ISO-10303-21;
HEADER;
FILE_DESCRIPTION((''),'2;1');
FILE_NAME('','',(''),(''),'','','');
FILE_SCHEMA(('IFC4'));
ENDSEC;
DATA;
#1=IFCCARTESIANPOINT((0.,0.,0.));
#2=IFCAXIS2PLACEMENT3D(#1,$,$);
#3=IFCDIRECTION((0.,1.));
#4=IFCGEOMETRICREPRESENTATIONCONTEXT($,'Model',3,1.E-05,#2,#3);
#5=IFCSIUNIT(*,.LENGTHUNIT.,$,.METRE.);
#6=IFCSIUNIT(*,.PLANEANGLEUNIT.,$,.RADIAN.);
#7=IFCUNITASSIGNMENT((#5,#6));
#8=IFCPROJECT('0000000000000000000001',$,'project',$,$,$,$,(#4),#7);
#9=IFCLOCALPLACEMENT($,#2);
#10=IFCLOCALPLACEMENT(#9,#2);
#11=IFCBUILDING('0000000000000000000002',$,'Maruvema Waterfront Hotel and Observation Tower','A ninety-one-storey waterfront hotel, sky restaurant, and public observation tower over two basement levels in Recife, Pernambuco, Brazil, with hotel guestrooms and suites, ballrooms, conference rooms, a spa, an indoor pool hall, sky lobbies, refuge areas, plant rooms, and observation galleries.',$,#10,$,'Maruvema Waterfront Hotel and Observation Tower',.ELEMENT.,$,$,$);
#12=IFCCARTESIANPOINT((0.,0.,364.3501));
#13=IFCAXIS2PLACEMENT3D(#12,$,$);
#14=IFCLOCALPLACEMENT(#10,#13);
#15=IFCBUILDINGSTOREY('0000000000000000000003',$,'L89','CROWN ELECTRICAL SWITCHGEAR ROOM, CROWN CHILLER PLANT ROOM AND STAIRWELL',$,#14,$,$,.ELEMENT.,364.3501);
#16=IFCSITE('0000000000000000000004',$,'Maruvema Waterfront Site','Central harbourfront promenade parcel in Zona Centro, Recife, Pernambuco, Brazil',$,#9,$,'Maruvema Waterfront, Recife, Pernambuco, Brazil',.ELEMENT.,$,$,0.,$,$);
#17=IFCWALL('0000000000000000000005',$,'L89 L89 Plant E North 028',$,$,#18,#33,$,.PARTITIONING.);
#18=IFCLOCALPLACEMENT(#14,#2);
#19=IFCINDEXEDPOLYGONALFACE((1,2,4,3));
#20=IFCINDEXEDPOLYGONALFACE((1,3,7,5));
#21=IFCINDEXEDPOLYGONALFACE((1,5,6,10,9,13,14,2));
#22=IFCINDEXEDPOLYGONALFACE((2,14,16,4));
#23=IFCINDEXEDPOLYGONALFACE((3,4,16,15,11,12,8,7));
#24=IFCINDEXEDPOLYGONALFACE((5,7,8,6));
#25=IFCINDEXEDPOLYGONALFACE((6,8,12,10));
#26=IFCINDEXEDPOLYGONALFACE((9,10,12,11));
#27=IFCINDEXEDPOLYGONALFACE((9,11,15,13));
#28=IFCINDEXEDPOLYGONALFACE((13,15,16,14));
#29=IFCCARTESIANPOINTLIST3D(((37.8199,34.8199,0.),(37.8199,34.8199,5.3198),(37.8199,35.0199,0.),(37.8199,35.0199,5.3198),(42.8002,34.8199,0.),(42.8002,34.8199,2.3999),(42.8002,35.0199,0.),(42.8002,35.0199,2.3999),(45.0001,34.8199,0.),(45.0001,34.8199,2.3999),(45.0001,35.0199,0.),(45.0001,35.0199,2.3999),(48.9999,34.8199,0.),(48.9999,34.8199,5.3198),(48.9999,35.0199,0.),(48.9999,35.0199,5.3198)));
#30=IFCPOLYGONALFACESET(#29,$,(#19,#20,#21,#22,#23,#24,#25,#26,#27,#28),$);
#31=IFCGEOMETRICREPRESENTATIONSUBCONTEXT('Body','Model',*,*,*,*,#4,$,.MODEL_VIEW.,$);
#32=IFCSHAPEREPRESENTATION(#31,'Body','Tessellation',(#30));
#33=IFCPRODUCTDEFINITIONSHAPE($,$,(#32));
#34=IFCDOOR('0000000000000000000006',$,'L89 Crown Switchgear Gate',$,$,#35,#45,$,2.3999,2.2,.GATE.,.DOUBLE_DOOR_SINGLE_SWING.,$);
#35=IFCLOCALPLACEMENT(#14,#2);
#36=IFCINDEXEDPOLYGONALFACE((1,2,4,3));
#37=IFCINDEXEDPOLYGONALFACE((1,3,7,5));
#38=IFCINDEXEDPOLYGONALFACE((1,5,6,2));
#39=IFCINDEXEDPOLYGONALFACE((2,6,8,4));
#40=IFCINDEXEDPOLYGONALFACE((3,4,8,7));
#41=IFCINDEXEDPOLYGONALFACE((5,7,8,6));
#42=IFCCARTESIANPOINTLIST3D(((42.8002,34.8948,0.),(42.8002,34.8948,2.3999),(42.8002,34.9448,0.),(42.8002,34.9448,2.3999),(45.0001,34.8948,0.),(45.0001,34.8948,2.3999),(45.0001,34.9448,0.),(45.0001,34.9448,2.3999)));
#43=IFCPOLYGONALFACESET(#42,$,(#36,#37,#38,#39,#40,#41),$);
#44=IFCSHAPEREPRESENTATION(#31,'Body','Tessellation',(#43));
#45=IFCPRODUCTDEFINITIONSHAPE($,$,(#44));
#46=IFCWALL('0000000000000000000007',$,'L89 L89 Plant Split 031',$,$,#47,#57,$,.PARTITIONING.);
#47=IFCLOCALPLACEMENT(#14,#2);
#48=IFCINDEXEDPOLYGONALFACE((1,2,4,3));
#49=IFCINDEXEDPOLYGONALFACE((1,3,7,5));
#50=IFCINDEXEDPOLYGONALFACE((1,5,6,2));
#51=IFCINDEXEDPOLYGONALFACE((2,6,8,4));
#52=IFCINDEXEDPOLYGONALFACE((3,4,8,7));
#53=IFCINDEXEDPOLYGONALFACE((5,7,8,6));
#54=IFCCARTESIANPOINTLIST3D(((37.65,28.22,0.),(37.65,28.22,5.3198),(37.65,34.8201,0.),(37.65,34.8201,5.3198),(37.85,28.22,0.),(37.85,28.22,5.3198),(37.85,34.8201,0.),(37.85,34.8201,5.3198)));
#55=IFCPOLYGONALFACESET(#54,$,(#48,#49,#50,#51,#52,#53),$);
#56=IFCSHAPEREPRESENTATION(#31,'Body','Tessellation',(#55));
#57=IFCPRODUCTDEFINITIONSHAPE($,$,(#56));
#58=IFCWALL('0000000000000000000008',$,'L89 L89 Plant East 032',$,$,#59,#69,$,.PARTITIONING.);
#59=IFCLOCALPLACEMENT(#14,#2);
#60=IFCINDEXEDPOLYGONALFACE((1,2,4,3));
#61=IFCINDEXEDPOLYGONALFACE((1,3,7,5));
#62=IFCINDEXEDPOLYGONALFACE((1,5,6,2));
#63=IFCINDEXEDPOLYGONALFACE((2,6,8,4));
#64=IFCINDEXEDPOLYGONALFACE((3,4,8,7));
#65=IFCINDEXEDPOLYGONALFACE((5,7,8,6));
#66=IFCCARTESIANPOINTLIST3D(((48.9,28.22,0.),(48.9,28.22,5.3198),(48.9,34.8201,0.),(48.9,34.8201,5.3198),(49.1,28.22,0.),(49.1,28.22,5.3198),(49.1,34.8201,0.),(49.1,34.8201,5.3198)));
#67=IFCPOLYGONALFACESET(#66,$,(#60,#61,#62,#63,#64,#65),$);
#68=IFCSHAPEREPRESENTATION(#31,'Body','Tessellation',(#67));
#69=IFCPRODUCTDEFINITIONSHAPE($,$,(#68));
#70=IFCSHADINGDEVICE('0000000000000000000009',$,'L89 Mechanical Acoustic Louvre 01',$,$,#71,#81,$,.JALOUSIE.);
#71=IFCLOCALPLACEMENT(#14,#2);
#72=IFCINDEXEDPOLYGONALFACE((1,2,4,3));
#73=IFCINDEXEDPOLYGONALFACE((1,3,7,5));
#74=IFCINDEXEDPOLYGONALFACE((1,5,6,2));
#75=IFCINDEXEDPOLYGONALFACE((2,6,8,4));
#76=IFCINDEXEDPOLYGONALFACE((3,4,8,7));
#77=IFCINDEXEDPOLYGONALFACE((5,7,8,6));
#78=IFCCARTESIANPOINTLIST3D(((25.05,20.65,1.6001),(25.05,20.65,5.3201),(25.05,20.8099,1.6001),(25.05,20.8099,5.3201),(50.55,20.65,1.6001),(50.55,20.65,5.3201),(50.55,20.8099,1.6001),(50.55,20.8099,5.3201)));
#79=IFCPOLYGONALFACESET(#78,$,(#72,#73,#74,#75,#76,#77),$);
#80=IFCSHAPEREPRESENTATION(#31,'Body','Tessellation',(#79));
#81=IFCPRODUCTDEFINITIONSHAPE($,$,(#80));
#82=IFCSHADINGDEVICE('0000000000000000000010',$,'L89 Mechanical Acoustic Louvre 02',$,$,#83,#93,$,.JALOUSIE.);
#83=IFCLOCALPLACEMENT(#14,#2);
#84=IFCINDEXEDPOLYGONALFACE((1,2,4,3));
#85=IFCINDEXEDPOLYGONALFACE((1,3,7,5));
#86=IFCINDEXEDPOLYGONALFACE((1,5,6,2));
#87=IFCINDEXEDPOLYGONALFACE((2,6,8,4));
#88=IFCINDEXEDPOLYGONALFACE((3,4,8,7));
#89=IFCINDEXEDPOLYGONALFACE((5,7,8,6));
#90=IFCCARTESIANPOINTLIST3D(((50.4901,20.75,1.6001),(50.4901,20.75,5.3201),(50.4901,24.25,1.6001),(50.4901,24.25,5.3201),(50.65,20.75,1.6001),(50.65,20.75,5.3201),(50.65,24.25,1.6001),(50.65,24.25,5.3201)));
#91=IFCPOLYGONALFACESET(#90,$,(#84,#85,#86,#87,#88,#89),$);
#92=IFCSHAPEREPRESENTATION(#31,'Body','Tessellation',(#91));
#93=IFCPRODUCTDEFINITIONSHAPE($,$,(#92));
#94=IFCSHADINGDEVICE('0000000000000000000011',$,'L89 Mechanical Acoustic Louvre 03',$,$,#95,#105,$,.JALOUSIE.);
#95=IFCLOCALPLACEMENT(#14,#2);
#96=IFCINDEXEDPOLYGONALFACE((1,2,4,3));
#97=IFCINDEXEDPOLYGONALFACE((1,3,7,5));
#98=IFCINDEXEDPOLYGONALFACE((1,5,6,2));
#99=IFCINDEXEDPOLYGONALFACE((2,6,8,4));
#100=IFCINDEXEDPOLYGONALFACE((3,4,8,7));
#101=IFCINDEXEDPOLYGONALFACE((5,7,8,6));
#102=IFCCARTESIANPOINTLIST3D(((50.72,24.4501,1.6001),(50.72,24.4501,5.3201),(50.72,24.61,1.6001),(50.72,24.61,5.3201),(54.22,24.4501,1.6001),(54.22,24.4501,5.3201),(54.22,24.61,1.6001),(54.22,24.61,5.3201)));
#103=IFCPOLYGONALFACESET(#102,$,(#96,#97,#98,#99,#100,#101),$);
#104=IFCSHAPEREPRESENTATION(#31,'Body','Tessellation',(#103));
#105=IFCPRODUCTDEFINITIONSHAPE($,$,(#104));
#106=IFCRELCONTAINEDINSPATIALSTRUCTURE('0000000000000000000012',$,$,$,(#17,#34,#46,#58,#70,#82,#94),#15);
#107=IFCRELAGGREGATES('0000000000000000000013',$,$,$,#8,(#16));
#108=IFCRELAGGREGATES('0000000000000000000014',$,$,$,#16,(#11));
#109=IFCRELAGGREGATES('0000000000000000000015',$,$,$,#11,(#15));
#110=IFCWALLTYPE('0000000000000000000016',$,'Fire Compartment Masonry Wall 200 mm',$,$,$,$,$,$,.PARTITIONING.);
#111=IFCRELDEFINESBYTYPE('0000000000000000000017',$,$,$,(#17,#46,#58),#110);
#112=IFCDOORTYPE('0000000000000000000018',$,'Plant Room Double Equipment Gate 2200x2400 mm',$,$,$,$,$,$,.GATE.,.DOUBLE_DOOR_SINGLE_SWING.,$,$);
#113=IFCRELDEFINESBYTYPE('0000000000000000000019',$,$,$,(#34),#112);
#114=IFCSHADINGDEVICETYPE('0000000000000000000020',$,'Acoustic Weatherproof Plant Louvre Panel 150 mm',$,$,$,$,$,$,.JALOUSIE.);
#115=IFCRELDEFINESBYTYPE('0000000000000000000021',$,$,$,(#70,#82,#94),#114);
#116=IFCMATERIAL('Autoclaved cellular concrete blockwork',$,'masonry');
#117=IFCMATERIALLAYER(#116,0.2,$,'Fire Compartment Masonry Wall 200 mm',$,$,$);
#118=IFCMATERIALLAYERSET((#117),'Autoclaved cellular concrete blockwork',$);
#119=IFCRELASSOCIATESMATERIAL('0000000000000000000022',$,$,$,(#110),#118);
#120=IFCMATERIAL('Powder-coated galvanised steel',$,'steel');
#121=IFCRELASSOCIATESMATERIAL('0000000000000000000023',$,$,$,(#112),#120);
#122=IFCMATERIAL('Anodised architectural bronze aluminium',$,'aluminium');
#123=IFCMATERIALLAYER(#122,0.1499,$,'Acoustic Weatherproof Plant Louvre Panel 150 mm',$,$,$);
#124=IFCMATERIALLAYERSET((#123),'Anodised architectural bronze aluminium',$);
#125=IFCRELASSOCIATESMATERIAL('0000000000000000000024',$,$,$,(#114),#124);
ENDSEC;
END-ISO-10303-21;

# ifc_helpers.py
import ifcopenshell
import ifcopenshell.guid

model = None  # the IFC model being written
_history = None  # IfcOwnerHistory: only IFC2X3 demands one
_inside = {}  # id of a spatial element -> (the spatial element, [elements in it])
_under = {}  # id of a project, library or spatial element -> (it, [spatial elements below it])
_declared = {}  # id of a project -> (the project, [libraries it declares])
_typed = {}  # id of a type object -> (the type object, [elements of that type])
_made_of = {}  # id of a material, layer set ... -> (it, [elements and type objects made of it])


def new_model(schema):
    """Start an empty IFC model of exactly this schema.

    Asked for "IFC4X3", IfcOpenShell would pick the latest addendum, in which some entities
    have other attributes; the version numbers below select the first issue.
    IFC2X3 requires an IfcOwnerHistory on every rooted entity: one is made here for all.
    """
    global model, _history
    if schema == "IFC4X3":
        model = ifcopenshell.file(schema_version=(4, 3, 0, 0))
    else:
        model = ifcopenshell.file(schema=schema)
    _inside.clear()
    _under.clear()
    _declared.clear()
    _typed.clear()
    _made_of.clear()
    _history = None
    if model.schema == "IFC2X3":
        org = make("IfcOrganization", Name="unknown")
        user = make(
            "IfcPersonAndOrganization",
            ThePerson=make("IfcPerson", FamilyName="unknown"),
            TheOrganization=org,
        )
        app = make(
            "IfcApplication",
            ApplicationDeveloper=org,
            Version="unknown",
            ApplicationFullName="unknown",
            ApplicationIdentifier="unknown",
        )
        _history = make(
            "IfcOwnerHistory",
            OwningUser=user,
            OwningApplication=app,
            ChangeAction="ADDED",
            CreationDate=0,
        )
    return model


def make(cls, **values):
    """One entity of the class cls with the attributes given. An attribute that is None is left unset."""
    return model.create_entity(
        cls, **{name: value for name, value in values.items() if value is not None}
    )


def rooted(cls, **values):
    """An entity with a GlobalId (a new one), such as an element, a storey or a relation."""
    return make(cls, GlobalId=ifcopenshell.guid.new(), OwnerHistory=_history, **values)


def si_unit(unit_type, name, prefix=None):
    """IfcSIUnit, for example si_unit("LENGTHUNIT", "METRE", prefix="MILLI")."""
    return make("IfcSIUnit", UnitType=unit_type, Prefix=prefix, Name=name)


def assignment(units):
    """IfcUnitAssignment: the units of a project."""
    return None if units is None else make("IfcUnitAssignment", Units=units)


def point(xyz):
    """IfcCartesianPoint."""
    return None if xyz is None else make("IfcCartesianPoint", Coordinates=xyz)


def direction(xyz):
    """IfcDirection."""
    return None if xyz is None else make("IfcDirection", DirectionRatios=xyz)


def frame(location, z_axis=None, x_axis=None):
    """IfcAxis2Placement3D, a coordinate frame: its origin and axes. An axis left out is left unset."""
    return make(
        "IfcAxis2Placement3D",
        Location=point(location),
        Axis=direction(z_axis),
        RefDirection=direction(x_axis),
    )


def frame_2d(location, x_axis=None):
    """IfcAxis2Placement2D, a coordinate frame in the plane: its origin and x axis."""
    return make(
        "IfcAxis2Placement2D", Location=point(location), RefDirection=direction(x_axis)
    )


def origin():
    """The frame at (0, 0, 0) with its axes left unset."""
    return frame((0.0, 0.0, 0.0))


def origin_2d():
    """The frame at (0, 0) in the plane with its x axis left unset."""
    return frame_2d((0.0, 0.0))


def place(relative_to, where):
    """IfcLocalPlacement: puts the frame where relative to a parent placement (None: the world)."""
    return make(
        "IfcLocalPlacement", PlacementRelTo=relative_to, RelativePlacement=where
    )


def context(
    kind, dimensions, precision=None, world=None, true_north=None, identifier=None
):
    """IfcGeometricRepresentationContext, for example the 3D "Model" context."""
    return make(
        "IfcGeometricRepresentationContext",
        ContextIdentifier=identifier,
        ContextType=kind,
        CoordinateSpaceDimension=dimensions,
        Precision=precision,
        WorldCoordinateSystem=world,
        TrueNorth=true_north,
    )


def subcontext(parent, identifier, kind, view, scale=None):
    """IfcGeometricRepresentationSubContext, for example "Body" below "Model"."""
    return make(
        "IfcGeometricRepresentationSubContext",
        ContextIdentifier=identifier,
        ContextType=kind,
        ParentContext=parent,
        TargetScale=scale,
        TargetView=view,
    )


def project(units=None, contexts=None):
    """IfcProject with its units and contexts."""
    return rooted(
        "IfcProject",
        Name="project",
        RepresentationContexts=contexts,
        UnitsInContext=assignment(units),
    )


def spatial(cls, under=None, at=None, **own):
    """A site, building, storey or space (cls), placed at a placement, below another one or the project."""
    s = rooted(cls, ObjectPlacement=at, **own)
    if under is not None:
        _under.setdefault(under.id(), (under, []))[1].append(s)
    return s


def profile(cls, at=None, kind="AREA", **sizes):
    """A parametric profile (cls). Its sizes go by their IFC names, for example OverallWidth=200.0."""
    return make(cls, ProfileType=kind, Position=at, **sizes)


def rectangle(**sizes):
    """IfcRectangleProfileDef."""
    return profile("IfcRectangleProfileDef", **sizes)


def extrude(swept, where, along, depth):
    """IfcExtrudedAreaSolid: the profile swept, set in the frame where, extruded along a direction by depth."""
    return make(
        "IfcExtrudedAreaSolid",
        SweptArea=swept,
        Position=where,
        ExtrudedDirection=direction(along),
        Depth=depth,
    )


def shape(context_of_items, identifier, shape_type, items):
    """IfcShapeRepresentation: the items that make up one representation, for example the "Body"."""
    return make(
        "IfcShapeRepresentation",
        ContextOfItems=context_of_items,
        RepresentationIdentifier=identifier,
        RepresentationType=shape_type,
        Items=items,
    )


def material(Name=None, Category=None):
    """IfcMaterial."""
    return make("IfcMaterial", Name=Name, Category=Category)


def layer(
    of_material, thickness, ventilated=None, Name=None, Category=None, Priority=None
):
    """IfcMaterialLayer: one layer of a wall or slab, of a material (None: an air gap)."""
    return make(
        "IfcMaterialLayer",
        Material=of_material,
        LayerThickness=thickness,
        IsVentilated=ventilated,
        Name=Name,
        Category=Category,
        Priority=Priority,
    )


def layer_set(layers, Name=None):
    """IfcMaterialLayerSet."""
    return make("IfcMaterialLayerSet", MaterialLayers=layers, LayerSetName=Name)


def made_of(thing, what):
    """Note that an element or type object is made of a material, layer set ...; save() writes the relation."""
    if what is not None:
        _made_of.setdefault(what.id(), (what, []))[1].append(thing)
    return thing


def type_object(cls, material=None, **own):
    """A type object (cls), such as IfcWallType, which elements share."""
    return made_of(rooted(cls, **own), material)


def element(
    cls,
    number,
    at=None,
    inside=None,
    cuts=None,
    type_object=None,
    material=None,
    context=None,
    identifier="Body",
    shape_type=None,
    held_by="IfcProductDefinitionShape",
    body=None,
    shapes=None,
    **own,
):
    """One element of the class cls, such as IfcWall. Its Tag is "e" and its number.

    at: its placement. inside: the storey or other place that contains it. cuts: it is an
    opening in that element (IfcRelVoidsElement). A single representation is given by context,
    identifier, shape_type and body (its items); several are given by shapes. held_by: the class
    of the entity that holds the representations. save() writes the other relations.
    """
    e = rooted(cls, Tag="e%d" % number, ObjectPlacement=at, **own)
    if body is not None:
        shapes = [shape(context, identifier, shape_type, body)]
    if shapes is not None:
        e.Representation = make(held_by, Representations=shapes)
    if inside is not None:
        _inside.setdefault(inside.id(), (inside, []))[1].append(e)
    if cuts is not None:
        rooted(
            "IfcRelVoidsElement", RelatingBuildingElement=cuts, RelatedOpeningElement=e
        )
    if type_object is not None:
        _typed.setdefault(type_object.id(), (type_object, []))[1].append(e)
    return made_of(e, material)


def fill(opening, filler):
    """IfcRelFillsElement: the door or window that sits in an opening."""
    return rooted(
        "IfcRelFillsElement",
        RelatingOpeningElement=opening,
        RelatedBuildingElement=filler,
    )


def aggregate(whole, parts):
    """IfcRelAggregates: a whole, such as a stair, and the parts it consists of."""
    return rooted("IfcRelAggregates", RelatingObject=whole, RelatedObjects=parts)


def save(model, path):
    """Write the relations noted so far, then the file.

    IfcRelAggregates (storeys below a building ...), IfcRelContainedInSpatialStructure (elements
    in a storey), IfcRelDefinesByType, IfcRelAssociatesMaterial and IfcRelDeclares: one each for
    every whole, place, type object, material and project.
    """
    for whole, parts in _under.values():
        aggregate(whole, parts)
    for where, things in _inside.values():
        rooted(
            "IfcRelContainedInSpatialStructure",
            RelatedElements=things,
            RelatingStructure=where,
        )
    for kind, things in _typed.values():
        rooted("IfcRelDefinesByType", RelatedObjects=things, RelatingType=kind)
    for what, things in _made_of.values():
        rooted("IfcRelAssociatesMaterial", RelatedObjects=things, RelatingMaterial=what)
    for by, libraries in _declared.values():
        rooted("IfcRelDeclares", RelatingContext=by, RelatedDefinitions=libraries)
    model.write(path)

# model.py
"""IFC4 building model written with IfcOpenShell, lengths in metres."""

from ifc_helpers import new_model, si_unit, direction, frame, frame_2d, origin, origin_2d, place, context, subcontext, project, spatial, rectangle, extrude, material, layer, layer_set, type_object, element, fill, save


model = new_model("IFC4")

# Units and contexts
model_context = context("Model", 3, precision=1e-05, world=origin(), true_north=direction((0.0, 1.0)))
body_context = subcontext(model_context, "Body", "Model", "MODEL_VIEW")
ifc_project = project(units=[si_unit("LENGTHUNIT", "METRE"), si_unit("PLANEANGLEUNIT", "RADIAN")], contexts=[model_context])

# Site, building, storey
site_placement = place(None, origin())
site = spatial("IfcSite", under=ifc_project, at=site_placement, Name="Maruvema Waterfront Site", Description="Central harbourfront promenade parcel in Zona Centro, Recife, Pernambuco, Brazil", LongName="Maruvema Waterfront, Recife, Pernambuco, Brazil", CompositionType="ELEMENT", RefElevation=0.0)
building_placement = place(site_placement, origin())
building = spatial("IfcBuilding", under=site, at=building_placement, Name="Maruvema Waterfront Hotel and Observation Tower", Description="A ninety-one-storey waterfront hotel, sky restaurant, and public observation tower over two basement levels in Recife, Pernambuco, Brazil, with hotel guestrooms and suites, ballrooms, conference rooms, a spa, an indoor pool hall, sky lobbies, refuge areas, plant rooms, and observation galleries.", LongName="Maruvema Waterfront Hotel and Observation Tower", CompositionType="ELEMENT")
storey_placement = place(building_placement, frame((0.0, 0.0, 364.3501)))
storey = spatial("IfcBuildingStorey", under=building, at=storey_placement, Name="L89", Description="CROWN ELECTRICAL SWITCHGEAR ROOM, CROWN CHILLER PLANT ROOM AND STAIRWELL", CompositionType="ELEMENT", Elevation=364.3501)

# Wall, opening, door
ifc_material_1 = material(Name="Autoclaved cellular concrete blockwork", Category="masonry")
ifc_layer_1 = layer(ifc_material_1, 0.2, Name="Fire Compartment Masonry Wall 200 mm")
ifc_layer_set_1 = layer_set([ifc_layer_1], Name="Autoclaved cellular concrete blockwork")
wall_type_1 = type_object("IfcWallType", Name="Fire Compartment Masonry Wall 200 mm", PredefinedType="PARTITIONING", material=ifc_layer_set_1)
wall_1_placement = place(storey_placement, frame((37.8201, 34.9199, 0.0), z_axis=(0.0, 0.0, 1.0), x_axis=(1.0, 0.0, 0.0)))
wall_1 = element("IfcWall", 1, at=wall_1_placement, inside=storey, type_object=wall_type_1, Name="L89 L89 Plant E North 028", PredefinedType="PARTITIONING", context=body_context, shape_type="SweptSolid", body=[
    extrude(rectangle(XDim=11.1799, YDim=0.2, at=frame_2d((5.5898, 0.0))), origin(), (0.0, 0.0, 1.0), 5.3198),
])
opening_placement = place(wall_1_placement, frame((4.98, 0.0, 0.0)))
opening = element("IfcOpeningElement", 2, at=opening_placement, cuts=wall_1, PredefinedType="OPENING", context=body_context, shape_type="SweptSolid", body=[
    extrude(rectangle(XDim=2.2, YDim=2.3999, at=frame_2d((1.1001, 1.2))), frame((0.0, 0.1099, 0.0), z_axis=(0.0, -1.0, 0.0), x_axis=(1.0, 0.0, 0.0)), (0.0, 0.0, 1.0), 0.22),
])
ifc_material_2 = material(Name="Powder-coated galvanised steel", Category="steel")
door_type = type_object("IfcDoorType", Name="Plant Room Double Equipment Gate 2200x2400 mm", OperationType="DOUBLE_DOOR_SINGLE_SWING", PredefinedType="GATE", material=ifc_material_2)
door_placement = place(opening_placement, origin())
door = element("IfcDoor", 3, at=door_placement, inside=storey, type_object=door_type, Name="L89 Crown Switchgear Gate", OperationType="DOUBLE_DOOR_SINGLE_SWING", OverallHeight=2.3999, OverallWidth=2.2, PredefinedType="GATE", context=body_context, shape_type="SweptSolid", body=[
    extrude(rectangle(XDim=2.2, YDim=2.3999, at=frame_2d((1.1001, 1.2))), frame((0.0, 0.0249, 0.0), z_axis=(0.0, -1.0, 0.0), x_axis=(1.0, 0.0, 0.0)), (0.0, 0.0, 1.0), 0.05),
])
fill(opening, door)

# Walls
for number, where, z_axis, x_axis, name in (
    (4, (37.75, 28.22, 0.0), (0.0, 0.0, 1.0), (0.0, 1.0, 0.0), "L89 L89 Plant Split 031"),
    (5, (49.0, 28.22, 0.0), (0.0, 0.0, 1.0), (0.0, 1.0, 0.0), "L89 L89 Plant East 032"),
):
    element("IfcWall", number, at=place(storey_placement, frame(where, z_axis=z_axis, x_axis=x_axis)), inside=storey, type_object=wall_type_1, Name=name, PredefinedType="PARTITIONING", context=body_context, shape_type="SweptSolid", body=[
        extrude(rectangle(XDim=6.6001, YDim=0.2, at=frame_2d((3.3, 0.0))), origin(), (0.0, 0.0, 1.0), 5.3198),
    ])

# Shading devices
ifc_material_3 = material(Name="Anodised architectural bronze aluminium", Category="aluminium")
ifc_layer_2 = layer(ifc_material_3, 0.1499, Name="Acoustic Weatherproof Plant Louvre Panel 150 mm")
ifc_layer_set_2 = layer_set([ifc_layer_2], Name="Anodised architectural bronze aluminium")
shading_device_type = type_object("IfcShadingDeviceType", Name="Acoustic Weatherproof Plant Louvre Panel 150 mm", PredefinedType="JALOUSIE", material=ifc_layer_set_2)
shading_device_placement = place(storey_placement, frame((37.8, 20.73, 1.6001), z_axis=(0.0, 0.0, 1.0), x_axis=(1.0, 0.0, 0.0)))
element("IfcShadingDevice", 6, at=shading_device_placement, inside=storey, type_object=shading_device_type, Name="L89 Mechanical Acoustic Louvre 01", PredefinedType="JALOUSIE", context=body_context, shape_type="SweptSolid", body=[
    extrude(rectangle(XDim=25.5, YDim=0.1599, at=origin_2d()), origin(), (0.0, 0.0, 1.0), 3.72),
])
for number, where, z_axis, x_axis, name in (
    (7, (50.5701, 22.5, 1.6001), (0.0, 0.0, 1.0), (0.0, 1.0, 0.0), "L89 Mechanical Acoustic Louvre 02"),
    (8, (52.47, 24.53, 1.6001), (0.0, 0.0, 1.0), (1.0, 0.0, 0.0), "L89 Mechanical Acoustic Louvre 03"),
):
    element("IfcShadingDevice", number, at=place(storey_placement, frame(where, z_axis=z_axis, x_axis=x_axis)), inside=storey, type_object=shading_device_type, Name=name, PredefinedType="JALOUSIE", context=body_context, shape_type="SweptSolid", body=[
        extrude(rectangle(XDim=3.5, YDim=0.1599, at=origin_2d()), origin(), (0.0, 0.0, 1.0), 3.72),
    ])

save(model, "model.ifc")
